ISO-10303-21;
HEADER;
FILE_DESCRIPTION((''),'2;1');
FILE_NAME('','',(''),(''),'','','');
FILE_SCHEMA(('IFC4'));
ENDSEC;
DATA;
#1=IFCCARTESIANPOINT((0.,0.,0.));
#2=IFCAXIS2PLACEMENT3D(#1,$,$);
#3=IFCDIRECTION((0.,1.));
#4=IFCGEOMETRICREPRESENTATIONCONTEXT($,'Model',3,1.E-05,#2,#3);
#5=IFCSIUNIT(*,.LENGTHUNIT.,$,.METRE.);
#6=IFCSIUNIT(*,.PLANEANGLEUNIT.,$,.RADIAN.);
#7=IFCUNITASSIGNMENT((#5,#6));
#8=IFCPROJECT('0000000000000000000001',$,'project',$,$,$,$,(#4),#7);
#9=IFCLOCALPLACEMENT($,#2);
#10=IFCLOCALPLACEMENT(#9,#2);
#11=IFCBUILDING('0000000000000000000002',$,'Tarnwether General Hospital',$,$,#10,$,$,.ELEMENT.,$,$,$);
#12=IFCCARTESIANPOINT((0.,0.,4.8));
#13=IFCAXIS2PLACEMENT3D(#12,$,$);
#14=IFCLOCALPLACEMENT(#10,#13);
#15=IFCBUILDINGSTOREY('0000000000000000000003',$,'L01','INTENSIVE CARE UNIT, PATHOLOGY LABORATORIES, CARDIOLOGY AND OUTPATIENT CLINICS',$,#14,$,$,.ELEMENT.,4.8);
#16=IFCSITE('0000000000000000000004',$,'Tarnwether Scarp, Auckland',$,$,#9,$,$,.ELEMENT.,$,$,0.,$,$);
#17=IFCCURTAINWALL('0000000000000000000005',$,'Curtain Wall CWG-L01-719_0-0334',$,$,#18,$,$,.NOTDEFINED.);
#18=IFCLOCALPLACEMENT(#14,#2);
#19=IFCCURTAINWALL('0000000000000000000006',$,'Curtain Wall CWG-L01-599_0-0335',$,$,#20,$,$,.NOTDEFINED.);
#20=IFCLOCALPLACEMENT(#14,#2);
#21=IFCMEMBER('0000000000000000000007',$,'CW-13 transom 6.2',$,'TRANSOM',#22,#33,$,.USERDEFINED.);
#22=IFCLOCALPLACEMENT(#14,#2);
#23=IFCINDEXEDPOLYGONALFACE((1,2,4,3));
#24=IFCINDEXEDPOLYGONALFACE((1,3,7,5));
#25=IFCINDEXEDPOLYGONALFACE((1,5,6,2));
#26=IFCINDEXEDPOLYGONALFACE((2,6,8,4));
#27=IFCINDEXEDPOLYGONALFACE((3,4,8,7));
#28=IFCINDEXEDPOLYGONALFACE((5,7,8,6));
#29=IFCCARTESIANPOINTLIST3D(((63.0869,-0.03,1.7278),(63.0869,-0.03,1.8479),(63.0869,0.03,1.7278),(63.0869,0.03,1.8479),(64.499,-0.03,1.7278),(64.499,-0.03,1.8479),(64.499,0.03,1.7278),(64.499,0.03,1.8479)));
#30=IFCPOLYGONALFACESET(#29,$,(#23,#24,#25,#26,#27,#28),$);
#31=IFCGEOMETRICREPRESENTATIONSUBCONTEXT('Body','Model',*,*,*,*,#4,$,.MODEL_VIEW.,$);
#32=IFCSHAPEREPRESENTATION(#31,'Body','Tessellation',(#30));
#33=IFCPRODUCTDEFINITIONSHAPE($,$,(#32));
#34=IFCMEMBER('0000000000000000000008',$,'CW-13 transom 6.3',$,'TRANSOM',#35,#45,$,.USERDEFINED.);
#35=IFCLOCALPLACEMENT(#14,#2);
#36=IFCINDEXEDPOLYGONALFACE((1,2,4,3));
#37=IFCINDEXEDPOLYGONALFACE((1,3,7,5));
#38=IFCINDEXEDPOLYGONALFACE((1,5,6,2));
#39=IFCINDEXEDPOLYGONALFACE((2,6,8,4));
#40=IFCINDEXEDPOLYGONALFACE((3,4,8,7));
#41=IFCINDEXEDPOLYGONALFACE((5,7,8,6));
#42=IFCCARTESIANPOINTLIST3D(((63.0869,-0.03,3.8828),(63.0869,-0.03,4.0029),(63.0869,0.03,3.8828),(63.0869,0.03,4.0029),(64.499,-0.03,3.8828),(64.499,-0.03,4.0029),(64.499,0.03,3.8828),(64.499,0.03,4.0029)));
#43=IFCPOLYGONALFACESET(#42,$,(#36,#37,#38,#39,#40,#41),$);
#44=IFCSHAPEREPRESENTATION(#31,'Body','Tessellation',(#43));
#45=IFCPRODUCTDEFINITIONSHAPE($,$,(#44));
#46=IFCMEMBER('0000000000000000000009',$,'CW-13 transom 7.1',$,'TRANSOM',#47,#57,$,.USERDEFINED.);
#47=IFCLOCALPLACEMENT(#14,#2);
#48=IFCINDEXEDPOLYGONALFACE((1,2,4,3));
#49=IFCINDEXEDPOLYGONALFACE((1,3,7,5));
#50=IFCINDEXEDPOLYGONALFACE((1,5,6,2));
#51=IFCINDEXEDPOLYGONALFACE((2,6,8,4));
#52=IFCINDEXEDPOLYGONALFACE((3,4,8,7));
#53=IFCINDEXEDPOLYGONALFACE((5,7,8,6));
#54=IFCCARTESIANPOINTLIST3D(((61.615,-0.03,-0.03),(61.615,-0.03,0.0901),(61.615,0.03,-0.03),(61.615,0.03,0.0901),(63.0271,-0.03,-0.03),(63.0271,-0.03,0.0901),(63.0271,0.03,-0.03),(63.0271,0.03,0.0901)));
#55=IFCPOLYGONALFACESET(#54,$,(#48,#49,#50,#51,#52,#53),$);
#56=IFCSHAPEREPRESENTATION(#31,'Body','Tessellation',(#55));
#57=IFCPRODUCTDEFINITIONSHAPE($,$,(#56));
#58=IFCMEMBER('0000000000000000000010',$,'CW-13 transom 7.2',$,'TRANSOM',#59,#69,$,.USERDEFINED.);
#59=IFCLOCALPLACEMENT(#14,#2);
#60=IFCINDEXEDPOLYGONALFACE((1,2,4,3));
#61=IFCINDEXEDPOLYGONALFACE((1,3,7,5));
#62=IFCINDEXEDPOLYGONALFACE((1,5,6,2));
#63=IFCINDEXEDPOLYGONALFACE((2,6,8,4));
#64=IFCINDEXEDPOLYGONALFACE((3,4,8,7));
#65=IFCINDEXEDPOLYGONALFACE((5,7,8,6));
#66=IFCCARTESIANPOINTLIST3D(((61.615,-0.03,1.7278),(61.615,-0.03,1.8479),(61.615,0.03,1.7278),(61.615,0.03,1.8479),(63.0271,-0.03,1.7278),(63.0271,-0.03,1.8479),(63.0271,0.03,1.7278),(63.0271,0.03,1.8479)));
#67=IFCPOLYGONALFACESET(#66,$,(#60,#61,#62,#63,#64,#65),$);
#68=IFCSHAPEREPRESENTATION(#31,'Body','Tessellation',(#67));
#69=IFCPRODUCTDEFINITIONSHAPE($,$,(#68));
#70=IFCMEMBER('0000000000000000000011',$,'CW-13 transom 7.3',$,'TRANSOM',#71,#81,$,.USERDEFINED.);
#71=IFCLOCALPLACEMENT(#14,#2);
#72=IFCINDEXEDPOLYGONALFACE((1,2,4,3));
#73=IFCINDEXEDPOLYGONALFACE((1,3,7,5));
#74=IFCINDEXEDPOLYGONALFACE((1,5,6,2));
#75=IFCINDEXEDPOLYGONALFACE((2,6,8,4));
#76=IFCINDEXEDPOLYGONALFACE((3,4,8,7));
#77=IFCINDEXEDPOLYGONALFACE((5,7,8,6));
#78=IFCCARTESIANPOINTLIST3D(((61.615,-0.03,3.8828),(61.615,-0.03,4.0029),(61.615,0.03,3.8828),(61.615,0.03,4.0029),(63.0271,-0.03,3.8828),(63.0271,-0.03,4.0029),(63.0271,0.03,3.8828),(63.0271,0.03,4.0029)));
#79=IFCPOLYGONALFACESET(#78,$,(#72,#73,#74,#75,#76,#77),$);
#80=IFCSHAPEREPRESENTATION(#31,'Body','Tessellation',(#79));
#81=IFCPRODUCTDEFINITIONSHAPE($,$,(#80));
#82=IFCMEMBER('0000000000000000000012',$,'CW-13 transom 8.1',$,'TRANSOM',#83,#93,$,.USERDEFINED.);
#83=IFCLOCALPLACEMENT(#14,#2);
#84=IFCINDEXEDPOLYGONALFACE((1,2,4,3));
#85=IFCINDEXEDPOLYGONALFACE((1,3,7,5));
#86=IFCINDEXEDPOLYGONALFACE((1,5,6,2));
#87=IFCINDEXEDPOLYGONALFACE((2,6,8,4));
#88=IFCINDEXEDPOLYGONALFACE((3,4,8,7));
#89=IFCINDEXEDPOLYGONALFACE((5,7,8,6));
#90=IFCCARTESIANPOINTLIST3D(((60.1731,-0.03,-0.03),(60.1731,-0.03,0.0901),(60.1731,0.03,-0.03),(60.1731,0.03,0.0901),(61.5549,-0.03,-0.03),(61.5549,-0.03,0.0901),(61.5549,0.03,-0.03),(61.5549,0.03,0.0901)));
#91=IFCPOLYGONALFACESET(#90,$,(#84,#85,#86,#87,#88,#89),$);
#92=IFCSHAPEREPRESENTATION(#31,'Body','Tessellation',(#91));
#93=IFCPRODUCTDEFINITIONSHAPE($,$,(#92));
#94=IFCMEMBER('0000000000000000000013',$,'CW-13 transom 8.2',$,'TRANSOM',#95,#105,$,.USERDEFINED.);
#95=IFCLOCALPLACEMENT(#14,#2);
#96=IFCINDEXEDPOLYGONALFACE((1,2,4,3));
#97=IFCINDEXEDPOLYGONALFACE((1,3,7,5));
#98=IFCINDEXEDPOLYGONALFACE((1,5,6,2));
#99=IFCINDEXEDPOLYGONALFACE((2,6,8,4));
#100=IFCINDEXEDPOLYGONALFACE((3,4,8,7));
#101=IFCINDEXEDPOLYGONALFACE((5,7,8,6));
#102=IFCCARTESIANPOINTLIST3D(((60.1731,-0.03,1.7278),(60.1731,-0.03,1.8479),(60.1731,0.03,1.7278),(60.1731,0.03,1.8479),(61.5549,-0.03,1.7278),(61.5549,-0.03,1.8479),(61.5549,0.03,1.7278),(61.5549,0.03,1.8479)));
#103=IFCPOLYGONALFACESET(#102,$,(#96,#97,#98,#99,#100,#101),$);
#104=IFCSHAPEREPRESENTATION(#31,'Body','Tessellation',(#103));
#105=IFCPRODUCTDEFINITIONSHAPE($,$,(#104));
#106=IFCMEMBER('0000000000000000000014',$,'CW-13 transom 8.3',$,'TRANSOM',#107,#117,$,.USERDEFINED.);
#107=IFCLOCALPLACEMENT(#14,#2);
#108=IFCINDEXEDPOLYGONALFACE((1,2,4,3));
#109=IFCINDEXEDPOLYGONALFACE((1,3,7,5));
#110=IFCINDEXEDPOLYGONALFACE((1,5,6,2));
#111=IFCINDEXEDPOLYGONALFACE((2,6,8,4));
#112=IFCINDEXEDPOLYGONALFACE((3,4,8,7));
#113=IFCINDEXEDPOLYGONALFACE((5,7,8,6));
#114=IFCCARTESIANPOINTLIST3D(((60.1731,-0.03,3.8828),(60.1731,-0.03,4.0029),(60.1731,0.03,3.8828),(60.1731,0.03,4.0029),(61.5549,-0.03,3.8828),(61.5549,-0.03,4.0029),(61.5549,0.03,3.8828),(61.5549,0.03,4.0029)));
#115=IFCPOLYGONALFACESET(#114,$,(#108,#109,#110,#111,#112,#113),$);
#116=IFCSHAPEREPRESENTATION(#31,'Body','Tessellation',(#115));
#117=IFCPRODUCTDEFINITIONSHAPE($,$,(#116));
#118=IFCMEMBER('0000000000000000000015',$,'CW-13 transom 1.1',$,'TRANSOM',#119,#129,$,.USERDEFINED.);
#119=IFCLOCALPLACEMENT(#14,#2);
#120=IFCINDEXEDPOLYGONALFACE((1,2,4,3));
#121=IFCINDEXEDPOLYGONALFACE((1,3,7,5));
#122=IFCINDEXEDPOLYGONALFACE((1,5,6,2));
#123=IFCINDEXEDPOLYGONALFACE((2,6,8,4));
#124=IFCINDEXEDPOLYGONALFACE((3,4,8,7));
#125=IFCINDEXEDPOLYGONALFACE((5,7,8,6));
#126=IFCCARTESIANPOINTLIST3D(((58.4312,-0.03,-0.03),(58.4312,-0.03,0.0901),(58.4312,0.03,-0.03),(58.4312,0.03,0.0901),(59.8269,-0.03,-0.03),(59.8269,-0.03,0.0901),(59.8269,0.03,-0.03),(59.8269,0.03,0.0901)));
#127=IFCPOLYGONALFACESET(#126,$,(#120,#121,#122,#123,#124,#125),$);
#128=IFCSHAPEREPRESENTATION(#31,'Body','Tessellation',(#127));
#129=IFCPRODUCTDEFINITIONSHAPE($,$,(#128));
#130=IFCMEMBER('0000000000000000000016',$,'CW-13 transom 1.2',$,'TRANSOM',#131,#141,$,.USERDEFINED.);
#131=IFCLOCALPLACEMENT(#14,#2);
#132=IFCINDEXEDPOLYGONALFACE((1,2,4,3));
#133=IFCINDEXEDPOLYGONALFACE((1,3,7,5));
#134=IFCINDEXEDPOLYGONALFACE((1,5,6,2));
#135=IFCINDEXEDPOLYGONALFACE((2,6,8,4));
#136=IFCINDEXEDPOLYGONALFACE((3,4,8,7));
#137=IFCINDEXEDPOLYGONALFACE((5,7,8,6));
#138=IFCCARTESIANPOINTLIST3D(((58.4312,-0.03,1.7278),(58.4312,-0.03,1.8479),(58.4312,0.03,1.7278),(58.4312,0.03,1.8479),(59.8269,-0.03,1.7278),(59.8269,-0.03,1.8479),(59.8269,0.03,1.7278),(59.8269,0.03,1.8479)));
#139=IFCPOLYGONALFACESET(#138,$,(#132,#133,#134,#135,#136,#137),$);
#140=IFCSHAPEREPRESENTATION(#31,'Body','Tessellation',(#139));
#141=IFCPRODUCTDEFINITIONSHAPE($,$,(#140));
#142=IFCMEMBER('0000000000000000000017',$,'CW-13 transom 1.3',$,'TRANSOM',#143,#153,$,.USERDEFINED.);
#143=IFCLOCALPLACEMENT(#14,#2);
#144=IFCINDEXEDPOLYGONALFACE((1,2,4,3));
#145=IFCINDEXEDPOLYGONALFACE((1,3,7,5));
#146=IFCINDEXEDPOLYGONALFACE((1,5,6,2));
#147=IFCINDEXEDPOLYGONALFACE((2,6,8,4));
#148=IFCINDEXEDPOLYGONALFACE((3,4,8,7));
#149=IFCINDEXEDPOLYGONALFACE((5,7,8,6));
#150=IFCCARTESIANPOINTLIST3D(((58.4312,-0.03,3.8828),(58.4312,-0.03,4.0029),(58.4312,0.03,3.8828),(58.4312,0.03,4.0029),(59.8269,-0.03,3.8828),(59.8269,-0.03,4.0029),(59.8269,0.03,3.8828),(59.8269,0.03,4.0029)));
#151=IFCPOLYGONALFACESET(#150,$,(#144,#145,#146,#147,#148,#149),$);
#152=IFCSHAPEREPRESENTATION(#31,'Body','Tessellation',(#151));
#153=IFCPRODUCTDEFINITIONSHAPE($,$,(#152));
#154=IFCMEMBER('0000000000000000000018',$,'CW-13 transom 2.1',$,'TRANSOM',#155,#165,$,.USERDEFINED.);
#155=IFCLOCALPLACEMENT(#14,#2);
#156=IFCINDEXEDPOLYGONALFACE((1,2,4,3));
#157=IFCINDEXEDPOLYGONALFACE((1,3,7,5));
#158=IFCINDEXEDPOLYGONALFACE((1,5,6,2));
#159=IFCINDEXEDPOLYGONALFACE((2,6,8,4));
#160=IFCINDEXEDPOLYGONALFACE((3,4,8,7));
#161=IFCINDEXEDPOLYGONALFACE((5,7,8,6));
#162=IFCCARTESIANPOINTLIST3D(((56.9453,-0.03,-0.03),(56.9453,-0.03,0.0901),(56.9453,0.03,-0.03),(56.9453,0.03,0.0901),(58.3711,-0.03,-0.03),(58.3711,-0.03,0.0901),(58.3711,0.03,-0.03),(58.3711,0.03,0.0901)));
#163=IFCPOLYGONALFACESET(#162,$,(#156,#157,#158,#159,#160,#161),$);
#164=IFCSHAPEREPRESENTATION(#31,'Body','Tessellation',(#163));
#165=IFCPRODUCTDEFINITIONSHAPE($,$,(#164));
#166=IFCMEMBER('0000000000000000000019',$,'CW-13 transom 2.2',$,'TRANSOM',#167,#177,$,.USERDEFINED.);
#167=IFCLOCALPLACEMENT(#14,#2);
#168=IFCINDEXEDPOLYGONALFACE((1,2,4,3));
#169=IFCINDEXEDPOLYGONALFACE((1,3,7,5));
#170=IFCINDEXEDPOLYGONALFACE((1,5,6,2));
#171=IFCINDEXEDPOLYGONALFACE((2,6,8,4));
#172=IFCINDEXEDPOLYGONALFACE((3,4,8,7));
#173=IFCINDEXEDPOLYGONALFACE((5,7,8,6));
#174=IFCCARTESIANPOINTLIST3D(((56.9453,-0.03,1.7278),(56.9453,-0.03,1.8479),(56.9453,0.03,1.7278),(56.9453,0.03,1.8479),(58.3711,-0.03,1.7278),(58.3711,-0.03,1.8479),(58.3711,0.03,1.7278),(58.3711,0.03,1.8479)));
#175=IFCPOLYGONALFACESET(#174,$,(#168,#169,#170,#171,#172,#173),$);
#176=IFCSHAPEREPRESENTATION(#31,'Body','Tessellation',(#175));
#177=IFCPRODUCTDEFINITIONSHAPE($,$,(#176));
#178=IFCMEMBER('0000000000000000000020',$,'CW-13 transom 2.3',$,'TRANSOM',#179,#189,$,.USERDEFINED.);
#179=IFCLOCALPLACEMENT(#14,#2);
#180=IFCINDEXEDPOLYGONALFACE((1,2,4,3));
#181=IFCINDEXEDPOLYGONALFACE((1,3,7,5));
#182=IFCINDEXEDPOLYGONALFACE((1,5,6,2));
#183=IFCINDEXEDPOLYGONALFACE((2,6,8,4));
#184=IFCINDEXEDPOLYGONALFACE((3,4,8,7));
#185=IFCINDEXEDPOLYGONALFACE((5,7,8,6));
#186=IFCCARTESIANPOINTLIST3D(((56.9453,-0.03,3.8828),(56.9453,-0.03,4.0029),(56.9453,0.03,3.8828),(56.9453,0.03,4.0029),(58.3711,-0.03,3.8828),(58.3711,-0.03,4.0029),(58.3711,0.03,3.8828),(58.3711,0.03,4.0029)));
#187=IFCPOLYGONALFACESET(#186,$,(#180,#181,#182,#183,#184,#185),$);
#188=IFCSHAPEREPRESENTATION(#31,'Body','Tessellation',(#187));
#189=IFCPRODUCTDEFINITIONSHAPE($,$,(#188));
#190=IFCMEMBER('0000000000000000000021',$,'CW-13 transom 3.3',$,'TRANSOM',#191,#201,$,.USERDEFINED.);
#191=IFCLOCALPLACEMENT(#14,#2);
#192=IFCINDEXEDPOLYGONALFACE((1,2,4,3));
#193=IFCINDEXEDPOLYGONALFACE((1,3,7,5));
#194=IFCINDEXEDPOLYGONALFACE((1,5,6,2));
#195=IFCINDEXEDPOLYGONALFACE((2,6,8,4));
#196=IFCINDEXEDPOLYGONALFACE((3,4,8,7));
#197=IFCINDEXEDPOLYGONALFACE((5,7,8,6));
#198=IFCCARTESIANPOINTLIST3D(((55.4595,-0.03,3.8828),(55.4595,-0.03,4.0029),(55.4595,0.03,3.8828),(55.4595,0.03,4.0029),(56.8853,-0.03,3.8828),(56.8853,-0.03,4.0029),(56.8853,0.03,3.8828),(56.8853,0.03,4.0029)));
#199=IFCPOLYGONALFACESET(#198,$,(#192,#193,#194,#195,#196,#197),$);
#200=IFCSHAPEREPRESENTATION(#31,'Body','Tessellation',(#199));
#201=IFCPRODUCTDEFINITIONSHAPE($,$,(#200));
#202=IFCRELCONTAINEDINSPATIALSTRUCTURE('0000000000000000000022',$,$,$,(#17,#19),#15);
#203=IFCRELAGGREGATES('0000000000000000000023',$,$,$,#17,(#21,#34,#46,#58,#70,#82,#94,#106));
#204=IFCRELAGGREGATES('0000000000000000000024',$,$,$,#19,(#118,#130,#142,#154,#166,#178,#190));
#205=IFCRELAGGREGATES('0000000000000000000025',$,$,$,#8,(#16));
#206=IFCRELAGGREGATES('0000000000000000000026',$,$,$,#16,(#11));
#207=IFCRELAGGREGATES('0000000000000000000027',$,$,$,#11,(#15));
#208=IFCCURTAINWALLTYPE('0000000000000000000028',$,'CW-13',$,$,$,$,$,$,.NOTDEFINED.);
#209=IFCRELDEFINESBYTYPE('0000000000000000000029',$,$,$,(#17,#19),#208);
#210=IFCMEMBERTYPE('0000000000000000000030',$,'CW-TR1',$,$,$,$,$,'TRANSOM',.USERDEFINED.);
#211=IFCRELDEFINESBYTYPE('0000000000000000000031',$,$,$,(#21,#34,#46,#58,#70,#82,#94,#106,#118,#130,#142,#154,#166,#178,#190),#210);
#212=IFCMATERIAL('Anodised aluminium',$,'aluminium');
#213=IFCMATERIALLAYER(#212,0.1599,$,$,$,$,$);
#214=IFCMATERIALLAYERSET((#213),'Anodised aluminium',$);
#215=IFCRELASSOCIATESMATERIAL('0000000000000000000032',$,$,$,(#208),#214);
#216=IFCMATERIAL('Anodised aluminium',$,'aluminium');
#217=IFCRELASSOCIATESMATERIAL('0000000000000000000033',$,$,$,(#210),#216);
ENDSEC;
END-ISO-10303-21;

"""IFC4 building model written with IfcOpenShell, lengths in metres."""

from ifc_helpers import new_model, si_unit, direction, frame, origin, origin_2d, place, context, subcontext, project, spatial, rectangle, extrude, material, layer, layer_set, material_profile, profile_set, type_object, element, aggregate, save


model = new_model("IFC4")

# Units and contexts
model_context = context("Model", 3, precision=1e-05, world=origin(), true_north=direction((0.0, 1.0)))
body_context = subcontext(model_context, "Body", "Model", "MODEL_VIEW")
ifc_project = project(units=[si_unit("LENGTHUNIT", "METRE"), si_unit("PLANEANGLEUNIT", "RADIAN")], contexts=[model_context])

# Site, building, storey
site_placement = place(None, origin())
site = spatial("IfcSite", under=ifc_project, at=site_placement, Name="Tarnwether Scarp, Auckland", CompositionType="ELEMENT", RefElevation=0.0)
building_placement = place(site_placement, origin())
building = spatial("IfcBuilding", under=site, at=building_placement, Name="Tarnwether General Hospital", CompositionType="ELEMENT")
storey_placement = place(building_placement, frame((0.0, 0.0, 4.8)))
storey = spatial("IfcBuildingStorey", under=building, at=storey_placement, Name="L01", Description="INTENSIVE CARE UNIT, PATHOLOGY LABORATORIES, CARDIOLOGY AND OUTPATIENT CLINICS", CompositionType="ELEMENT", Elevation=4.8)

# Curtain walls
ifc_material_1 = material(Name="Anodised aluminium", Category="aluminium")
ifc_layer_1 = layer(ifc_material_1, 0.1599)
ifc_layer_set_1 = layer_set([ifc_layer_1], Name="Anodised aluminium")
curtain_wall_type = type_object("IfcCurtainWallType", Name="CW-13", PredefinedType="NOTDEFINED", material=ifc_layer_set_1)
curtain_wall_1_placement = place(storey_placement, origin())
curtain_wall_1 = element("IfcCurtainWall", 1, at=curtain_wall_1_placement, inside=storey, type_object=curtain_wall_type, Name="Curtain Wall CWG-L01-719_0-0334", PredefinedType="NOTDEFINED")
curtain_wall_2_placement = place(storey_placement, origin())
curtain_wall_2 = element("IfcCurtainWall", 2, at=curtain_wall_2_placement, inside=storey, type_object=curtain_wall_type, Name="Curtain Wall CWG-L01-599_0-0335", PredefinedType="NOTDEFINED")

# Members
ifc_material_2 = material(Name="Anodised aluminium", Category="aluminium")
ifc_material_profile_1 = material_profile(ifc_material_2, rectangle(XDim=0.0601, YDim=0.1201, at=origin_2d()), Name="ALU-TRN-60x120")
ifc_profile_set_1 = profile_set([ifc_material_profile_1], Name="Anodised aluminium")
member_type_1 = type_object("IfcMemberType", Name="CW-TR1", ElementType="TRANSOM", PredefinedType="USERDEFINED", material=ifc_profile_set_1)
member_1_placement = place(storey_placement, frame((64.499, 0.0, 1.7878), z_axis=(-1.0, 0.0, 0.0), x_axis=(0.0, -1.0, 0.0)))
member_1 = element("IfcMember", 3, at=member_1_placement, type_object=member_type_1, Name="CW-13 transom 6.2", ObjectType="TRANSOM", PredefinedType="USERDEFINED", context=body_context, shape_type="SweptSolid", body=[
    extrude(rectangle(XDim=0.0601, YDim=0.1201, at=origin_2d()), origin(), (0.0, 0.0, 1.0), 1.4121),
])
member_2_placement = place(storey_placement, frame((64.499, 0.0, 3.9429), z_axis=(-1.0, 0.0, 0.0), x_axis=(0.0, -1.0, 0.0)))
member_2 = element("IfcMember", 4, at=member_2_placement, type_object=member_type_1, Name="CW-13 transom 6.3", ObjectType="TRANSOM", PredefinedType="USERDEFINED", context=body_context, shape_type="SweptSolid", body=[
    extrude(rectangle(XDim=0.0601, YDim=0.1201, at=origin_2d()), origin(), (0.0, 0.0, 1.0), 1.4121),
])
member_3_placement = place(storey_placement, frame((63.0271, 0.0, 0.03), z_axis=(-1.0, 0.0, 0.0), x_axis=(0.0, -1.0, 0.0)))
member_3 = element("IfcMember", 5, at=member_3_placement, type_object=member_type_1, Name="CW-13 transom 7.1", ObjectType="TRANSOM", PredefinedType="USERDEFINED", context=body_context, shape_type="SweptSolid", body=[
    extrude(rectangle(XDim=0.0601, YDim=0.1201, at=origin_2d()), origin(), (0.0, 0.0, 1.0), 1.4121),
])
member_4_placement = place(storey_placement, frame((63.0271, 0.0, 1.7878), z_axis=(-1.0, 0.0, 0.0), x_axis=(0.0, -1.0, 0.0)))
member_4 = element("IfcMember", 6, at=member_4_placement, type_object=member_type_1, Name="CW-13 transom 7.2", ObjectType="TRANSOM", PredefinedType="USERDEFINED", context=body_context, shape_type="SweptSolid", body=[
    extrude(rectangle(XDim=0.0601, YDim=0.1201, at=origin_2d()), origin(), (0.0, 0.0, 1.0), 1.4121),
])
member_5_placement = place(storey_placement, frame((63.0271, 0.0, 3.9429), z_axis=(-1.0, 0.0, 0.0), x_axis=(0.0, -1.0, 0.0)))
member_5 = element("IfcMember", 7, at=member_5_placement, type_object=member_type_1, Name="CW-13 transom 7.3", ObjectType="TRANSOM", PredefinedType="USERDEFINED", context=body_context, shape_type="SweptSolid", body=[
    extrude(rectangle(XDim=0.0601, YDim=0.1201, at=origin_2d()), origin(), (0.0, 0.0, 1.0), 1.4121),
])
member_6_placement = place(storey_placement, frame((61.5549, 0.0, 0.03), z_axis=(-1.0, 0.0, 0.0), x_axis=(0.0, -1.0, 0.0)))
member_6 = element("IfcMember", 8, at=member_6_placement, type_object=member_type_1, Name="CW-13 transom 8.1", ObjectType="TRANSOM", PredefinedType="USERDEFINED", context=body_context, shape_type="SweptSolid", body=[
    extrude(rectangle(XDim=0.0601, YDim=0.1201, at=origin_2d()), origin(), (0.0, 0.0, 1.0), 1.3818),
])
member_7_placement = place(storey_placement, frame((61.5549, 0.0, 1.7878), z_axis=(-1.0, 0.0, 0.0), x_axis=(0.0, -1.0, 0.0)))
member_7 = element("IfcMember", 9, at=member_7_placement, type_object=member_type_1, Name="CW-13 transom 8.2", ObjectType="TRANSOM", PredefinedType="USERDEFINED", context=body_context, shape_type="SweptSolid", body=[
    extrude(rectangle(XDim=0.0601, YDim=0.1201, at=origin_2d()), origin(), (0.0, 0.0, 1.0), 1.3818),
])
member_8_placement = place(storey_placement, frame((61.5549, 0.0, 3.9429), z_axis=(-1.0, 0.0, 0.0), x_axis=(0.0, -1.0, 0.0)))
member_8 = element("IfcMember", 10, at=member_8_placement, type_object=member_type_1, Name="CW-13 transom 8.3", ObjectType="TRANSOM", PredefinedType="USERDEFINED", context=body_context, shape_type="SweptSolid", body=[
    extrude(rectangle(XDim=0.0601, YDim=0.1201, at=origin_2d()), origin(), (0.0, 0.0, 1.0), 1.3818),
])
member_9_placement = place(storey_placement, frame((59.8269, 0.0, 0.03), z_axis=(-1.0, 0.0, 0.0), x_axis=(0.0, -1.0, 0.0)))
member_9 = element("IfcMember", 11, at=member_9_placement, type_object=member_type_1, Name="CW-13 transom 1.1", ObjectType="TRANSOM", PredefinedType="USERDEFINED", context=body_context, shape_type="SweptSolid", body=[
    extrude(rectangle(XDim=0.0601, YDim=0.1201, at=origin_2d()), origin(), (0.0, 0.0, 1.0), 1.3958),
])
member_10_placement = place(storey_placement, frame((59.8269, 0.0, 1.7878), z_axis=(-1.0, 0.0, 0.0), x_axis=(0.0, -1.0, 0.0)))
member_10 = element("IfcMember", 12, at=member_10_placement, type_object=member_type_1, Name="CW-13 transom 1.2", ObjectType="TRANSOM", PredefinedType="USERDEFINED", context=body_context, shape_type="SweptSolid", body=[
    extrude(rectangle(XDim=0.0601, YDim=0.1201, at=origin_2d()), origin(), (0.0, 0.0, 1.0), 1.3958),
])
member_11_placement = place(storey_placement, frame((59.8269, 0.0, 3.9429), z_axis=(-1.0, 0.0, 0.0), x_axis=(0.0, -1.0, 0.0)))
member_11 = element("IfcMember", 13, at=member_11_placement, type_object=member_type_1, Name="CW-13 transom 1.3", ObjectType="TRANSOM", PredefinedType="USERDEFINED", context=body_context, shape_type="SweptSolid", body=[
    extrude(rectangle(XDim=0.0601, YDim=0.1201, at=origin_2d()), origin(), (0.0, 0.0, 1.0), 1.3958),
])
member_12_placement = place(storey_placement, frame((58.3711, 0.0, 0.03), z_axis=(-1.0, 0.0, 0.0), x_axis=(0.0, -1.0, 0.0)))
member_12 = element("IfcMember", 14, at=member_12_placement, type_object=member_type_1, Name="CW-13 transom 2.1", ObjectType="TRANSOM", PredefinedType="USERDEFINED", context=body_context, shape_type="SweptSolid", body=[
    extrude(rectangle(XDim=0.0601, YDim=0.1201, at=origin_2d()), origin(), (0.0, 0.0, 1.0), 1.4258),
])
member_13_placement = place(storey_placement, frame((58.3711, 0.0, 1.7878), z_axis=(-1.0, 0.0, 0.0), x_axis=(0.0, -1.0, 0.0)))
member_13 = element("IfcMember", 15, at=member_13_placement, type_object=member_type_1, Name="CW-13 transom 2.2", ObjectType="TRANSOM", PredefinedType="USERDEFINED", context=body_context, shape_type="SweptSolid", body=[
    extrude(rectangle(XDim=0.0601, YDim=0.1201, at=origin_2d()), origin(), (0.0, 0.0, 1.0), 1.4258),
])
member_14_placement = place(storey_placement, frame((58.3711, 0.0, 3.9429), z_axis=(-1.0, 0.0, 0.0), x_axis=(0.0, -1.0, 0.0)))
member_14 = element("IfcMember", 16, at=member_14_placement, type_object=member_type_1, Name="CW-13 transom 2.3", ObjectType="TRANSOM", PredefinedType="USERDEFINED", context=body_context, shape_type="SweptSolid", body=[
    extrude(rectangle(XDim=0.0601, YDim=0.1201, at=origin_2d()), origin(), (0.0, 0.0, 1.0), 1.4258),
])
member_15_placement = place(storey_placement, frame((56.8853, 0.0, 3.9429), z_axis=(-1.0, 0.0, 0.0), x_axis=(0.0, -1.0, 0.0)))
member_15 = element("IfcMember", 17, at=member_15_placement, type_object=member_type_1, Name="CW-13 transom 3.3", ObjectType="TRANSOM", PredefinedType="USERDEFINED", context=body_context, shape_type="SweptSolid", body=[
    extrude(rectangle(XDim=0.0601, YDim=0.1201, at=origin_2d()), origin(), (0.0, 0.0, 1.0), 1.4258),
])

aggregate(curtain_wall_1, [member_1, member_2, member_3, member_4, member_5, member_6, member_7, member_8])
aggregate(curtain_wall_2, [member_9, member_10, member_11, member_12, member_13, member_14, member_15])

save(model, "model.ifc")
